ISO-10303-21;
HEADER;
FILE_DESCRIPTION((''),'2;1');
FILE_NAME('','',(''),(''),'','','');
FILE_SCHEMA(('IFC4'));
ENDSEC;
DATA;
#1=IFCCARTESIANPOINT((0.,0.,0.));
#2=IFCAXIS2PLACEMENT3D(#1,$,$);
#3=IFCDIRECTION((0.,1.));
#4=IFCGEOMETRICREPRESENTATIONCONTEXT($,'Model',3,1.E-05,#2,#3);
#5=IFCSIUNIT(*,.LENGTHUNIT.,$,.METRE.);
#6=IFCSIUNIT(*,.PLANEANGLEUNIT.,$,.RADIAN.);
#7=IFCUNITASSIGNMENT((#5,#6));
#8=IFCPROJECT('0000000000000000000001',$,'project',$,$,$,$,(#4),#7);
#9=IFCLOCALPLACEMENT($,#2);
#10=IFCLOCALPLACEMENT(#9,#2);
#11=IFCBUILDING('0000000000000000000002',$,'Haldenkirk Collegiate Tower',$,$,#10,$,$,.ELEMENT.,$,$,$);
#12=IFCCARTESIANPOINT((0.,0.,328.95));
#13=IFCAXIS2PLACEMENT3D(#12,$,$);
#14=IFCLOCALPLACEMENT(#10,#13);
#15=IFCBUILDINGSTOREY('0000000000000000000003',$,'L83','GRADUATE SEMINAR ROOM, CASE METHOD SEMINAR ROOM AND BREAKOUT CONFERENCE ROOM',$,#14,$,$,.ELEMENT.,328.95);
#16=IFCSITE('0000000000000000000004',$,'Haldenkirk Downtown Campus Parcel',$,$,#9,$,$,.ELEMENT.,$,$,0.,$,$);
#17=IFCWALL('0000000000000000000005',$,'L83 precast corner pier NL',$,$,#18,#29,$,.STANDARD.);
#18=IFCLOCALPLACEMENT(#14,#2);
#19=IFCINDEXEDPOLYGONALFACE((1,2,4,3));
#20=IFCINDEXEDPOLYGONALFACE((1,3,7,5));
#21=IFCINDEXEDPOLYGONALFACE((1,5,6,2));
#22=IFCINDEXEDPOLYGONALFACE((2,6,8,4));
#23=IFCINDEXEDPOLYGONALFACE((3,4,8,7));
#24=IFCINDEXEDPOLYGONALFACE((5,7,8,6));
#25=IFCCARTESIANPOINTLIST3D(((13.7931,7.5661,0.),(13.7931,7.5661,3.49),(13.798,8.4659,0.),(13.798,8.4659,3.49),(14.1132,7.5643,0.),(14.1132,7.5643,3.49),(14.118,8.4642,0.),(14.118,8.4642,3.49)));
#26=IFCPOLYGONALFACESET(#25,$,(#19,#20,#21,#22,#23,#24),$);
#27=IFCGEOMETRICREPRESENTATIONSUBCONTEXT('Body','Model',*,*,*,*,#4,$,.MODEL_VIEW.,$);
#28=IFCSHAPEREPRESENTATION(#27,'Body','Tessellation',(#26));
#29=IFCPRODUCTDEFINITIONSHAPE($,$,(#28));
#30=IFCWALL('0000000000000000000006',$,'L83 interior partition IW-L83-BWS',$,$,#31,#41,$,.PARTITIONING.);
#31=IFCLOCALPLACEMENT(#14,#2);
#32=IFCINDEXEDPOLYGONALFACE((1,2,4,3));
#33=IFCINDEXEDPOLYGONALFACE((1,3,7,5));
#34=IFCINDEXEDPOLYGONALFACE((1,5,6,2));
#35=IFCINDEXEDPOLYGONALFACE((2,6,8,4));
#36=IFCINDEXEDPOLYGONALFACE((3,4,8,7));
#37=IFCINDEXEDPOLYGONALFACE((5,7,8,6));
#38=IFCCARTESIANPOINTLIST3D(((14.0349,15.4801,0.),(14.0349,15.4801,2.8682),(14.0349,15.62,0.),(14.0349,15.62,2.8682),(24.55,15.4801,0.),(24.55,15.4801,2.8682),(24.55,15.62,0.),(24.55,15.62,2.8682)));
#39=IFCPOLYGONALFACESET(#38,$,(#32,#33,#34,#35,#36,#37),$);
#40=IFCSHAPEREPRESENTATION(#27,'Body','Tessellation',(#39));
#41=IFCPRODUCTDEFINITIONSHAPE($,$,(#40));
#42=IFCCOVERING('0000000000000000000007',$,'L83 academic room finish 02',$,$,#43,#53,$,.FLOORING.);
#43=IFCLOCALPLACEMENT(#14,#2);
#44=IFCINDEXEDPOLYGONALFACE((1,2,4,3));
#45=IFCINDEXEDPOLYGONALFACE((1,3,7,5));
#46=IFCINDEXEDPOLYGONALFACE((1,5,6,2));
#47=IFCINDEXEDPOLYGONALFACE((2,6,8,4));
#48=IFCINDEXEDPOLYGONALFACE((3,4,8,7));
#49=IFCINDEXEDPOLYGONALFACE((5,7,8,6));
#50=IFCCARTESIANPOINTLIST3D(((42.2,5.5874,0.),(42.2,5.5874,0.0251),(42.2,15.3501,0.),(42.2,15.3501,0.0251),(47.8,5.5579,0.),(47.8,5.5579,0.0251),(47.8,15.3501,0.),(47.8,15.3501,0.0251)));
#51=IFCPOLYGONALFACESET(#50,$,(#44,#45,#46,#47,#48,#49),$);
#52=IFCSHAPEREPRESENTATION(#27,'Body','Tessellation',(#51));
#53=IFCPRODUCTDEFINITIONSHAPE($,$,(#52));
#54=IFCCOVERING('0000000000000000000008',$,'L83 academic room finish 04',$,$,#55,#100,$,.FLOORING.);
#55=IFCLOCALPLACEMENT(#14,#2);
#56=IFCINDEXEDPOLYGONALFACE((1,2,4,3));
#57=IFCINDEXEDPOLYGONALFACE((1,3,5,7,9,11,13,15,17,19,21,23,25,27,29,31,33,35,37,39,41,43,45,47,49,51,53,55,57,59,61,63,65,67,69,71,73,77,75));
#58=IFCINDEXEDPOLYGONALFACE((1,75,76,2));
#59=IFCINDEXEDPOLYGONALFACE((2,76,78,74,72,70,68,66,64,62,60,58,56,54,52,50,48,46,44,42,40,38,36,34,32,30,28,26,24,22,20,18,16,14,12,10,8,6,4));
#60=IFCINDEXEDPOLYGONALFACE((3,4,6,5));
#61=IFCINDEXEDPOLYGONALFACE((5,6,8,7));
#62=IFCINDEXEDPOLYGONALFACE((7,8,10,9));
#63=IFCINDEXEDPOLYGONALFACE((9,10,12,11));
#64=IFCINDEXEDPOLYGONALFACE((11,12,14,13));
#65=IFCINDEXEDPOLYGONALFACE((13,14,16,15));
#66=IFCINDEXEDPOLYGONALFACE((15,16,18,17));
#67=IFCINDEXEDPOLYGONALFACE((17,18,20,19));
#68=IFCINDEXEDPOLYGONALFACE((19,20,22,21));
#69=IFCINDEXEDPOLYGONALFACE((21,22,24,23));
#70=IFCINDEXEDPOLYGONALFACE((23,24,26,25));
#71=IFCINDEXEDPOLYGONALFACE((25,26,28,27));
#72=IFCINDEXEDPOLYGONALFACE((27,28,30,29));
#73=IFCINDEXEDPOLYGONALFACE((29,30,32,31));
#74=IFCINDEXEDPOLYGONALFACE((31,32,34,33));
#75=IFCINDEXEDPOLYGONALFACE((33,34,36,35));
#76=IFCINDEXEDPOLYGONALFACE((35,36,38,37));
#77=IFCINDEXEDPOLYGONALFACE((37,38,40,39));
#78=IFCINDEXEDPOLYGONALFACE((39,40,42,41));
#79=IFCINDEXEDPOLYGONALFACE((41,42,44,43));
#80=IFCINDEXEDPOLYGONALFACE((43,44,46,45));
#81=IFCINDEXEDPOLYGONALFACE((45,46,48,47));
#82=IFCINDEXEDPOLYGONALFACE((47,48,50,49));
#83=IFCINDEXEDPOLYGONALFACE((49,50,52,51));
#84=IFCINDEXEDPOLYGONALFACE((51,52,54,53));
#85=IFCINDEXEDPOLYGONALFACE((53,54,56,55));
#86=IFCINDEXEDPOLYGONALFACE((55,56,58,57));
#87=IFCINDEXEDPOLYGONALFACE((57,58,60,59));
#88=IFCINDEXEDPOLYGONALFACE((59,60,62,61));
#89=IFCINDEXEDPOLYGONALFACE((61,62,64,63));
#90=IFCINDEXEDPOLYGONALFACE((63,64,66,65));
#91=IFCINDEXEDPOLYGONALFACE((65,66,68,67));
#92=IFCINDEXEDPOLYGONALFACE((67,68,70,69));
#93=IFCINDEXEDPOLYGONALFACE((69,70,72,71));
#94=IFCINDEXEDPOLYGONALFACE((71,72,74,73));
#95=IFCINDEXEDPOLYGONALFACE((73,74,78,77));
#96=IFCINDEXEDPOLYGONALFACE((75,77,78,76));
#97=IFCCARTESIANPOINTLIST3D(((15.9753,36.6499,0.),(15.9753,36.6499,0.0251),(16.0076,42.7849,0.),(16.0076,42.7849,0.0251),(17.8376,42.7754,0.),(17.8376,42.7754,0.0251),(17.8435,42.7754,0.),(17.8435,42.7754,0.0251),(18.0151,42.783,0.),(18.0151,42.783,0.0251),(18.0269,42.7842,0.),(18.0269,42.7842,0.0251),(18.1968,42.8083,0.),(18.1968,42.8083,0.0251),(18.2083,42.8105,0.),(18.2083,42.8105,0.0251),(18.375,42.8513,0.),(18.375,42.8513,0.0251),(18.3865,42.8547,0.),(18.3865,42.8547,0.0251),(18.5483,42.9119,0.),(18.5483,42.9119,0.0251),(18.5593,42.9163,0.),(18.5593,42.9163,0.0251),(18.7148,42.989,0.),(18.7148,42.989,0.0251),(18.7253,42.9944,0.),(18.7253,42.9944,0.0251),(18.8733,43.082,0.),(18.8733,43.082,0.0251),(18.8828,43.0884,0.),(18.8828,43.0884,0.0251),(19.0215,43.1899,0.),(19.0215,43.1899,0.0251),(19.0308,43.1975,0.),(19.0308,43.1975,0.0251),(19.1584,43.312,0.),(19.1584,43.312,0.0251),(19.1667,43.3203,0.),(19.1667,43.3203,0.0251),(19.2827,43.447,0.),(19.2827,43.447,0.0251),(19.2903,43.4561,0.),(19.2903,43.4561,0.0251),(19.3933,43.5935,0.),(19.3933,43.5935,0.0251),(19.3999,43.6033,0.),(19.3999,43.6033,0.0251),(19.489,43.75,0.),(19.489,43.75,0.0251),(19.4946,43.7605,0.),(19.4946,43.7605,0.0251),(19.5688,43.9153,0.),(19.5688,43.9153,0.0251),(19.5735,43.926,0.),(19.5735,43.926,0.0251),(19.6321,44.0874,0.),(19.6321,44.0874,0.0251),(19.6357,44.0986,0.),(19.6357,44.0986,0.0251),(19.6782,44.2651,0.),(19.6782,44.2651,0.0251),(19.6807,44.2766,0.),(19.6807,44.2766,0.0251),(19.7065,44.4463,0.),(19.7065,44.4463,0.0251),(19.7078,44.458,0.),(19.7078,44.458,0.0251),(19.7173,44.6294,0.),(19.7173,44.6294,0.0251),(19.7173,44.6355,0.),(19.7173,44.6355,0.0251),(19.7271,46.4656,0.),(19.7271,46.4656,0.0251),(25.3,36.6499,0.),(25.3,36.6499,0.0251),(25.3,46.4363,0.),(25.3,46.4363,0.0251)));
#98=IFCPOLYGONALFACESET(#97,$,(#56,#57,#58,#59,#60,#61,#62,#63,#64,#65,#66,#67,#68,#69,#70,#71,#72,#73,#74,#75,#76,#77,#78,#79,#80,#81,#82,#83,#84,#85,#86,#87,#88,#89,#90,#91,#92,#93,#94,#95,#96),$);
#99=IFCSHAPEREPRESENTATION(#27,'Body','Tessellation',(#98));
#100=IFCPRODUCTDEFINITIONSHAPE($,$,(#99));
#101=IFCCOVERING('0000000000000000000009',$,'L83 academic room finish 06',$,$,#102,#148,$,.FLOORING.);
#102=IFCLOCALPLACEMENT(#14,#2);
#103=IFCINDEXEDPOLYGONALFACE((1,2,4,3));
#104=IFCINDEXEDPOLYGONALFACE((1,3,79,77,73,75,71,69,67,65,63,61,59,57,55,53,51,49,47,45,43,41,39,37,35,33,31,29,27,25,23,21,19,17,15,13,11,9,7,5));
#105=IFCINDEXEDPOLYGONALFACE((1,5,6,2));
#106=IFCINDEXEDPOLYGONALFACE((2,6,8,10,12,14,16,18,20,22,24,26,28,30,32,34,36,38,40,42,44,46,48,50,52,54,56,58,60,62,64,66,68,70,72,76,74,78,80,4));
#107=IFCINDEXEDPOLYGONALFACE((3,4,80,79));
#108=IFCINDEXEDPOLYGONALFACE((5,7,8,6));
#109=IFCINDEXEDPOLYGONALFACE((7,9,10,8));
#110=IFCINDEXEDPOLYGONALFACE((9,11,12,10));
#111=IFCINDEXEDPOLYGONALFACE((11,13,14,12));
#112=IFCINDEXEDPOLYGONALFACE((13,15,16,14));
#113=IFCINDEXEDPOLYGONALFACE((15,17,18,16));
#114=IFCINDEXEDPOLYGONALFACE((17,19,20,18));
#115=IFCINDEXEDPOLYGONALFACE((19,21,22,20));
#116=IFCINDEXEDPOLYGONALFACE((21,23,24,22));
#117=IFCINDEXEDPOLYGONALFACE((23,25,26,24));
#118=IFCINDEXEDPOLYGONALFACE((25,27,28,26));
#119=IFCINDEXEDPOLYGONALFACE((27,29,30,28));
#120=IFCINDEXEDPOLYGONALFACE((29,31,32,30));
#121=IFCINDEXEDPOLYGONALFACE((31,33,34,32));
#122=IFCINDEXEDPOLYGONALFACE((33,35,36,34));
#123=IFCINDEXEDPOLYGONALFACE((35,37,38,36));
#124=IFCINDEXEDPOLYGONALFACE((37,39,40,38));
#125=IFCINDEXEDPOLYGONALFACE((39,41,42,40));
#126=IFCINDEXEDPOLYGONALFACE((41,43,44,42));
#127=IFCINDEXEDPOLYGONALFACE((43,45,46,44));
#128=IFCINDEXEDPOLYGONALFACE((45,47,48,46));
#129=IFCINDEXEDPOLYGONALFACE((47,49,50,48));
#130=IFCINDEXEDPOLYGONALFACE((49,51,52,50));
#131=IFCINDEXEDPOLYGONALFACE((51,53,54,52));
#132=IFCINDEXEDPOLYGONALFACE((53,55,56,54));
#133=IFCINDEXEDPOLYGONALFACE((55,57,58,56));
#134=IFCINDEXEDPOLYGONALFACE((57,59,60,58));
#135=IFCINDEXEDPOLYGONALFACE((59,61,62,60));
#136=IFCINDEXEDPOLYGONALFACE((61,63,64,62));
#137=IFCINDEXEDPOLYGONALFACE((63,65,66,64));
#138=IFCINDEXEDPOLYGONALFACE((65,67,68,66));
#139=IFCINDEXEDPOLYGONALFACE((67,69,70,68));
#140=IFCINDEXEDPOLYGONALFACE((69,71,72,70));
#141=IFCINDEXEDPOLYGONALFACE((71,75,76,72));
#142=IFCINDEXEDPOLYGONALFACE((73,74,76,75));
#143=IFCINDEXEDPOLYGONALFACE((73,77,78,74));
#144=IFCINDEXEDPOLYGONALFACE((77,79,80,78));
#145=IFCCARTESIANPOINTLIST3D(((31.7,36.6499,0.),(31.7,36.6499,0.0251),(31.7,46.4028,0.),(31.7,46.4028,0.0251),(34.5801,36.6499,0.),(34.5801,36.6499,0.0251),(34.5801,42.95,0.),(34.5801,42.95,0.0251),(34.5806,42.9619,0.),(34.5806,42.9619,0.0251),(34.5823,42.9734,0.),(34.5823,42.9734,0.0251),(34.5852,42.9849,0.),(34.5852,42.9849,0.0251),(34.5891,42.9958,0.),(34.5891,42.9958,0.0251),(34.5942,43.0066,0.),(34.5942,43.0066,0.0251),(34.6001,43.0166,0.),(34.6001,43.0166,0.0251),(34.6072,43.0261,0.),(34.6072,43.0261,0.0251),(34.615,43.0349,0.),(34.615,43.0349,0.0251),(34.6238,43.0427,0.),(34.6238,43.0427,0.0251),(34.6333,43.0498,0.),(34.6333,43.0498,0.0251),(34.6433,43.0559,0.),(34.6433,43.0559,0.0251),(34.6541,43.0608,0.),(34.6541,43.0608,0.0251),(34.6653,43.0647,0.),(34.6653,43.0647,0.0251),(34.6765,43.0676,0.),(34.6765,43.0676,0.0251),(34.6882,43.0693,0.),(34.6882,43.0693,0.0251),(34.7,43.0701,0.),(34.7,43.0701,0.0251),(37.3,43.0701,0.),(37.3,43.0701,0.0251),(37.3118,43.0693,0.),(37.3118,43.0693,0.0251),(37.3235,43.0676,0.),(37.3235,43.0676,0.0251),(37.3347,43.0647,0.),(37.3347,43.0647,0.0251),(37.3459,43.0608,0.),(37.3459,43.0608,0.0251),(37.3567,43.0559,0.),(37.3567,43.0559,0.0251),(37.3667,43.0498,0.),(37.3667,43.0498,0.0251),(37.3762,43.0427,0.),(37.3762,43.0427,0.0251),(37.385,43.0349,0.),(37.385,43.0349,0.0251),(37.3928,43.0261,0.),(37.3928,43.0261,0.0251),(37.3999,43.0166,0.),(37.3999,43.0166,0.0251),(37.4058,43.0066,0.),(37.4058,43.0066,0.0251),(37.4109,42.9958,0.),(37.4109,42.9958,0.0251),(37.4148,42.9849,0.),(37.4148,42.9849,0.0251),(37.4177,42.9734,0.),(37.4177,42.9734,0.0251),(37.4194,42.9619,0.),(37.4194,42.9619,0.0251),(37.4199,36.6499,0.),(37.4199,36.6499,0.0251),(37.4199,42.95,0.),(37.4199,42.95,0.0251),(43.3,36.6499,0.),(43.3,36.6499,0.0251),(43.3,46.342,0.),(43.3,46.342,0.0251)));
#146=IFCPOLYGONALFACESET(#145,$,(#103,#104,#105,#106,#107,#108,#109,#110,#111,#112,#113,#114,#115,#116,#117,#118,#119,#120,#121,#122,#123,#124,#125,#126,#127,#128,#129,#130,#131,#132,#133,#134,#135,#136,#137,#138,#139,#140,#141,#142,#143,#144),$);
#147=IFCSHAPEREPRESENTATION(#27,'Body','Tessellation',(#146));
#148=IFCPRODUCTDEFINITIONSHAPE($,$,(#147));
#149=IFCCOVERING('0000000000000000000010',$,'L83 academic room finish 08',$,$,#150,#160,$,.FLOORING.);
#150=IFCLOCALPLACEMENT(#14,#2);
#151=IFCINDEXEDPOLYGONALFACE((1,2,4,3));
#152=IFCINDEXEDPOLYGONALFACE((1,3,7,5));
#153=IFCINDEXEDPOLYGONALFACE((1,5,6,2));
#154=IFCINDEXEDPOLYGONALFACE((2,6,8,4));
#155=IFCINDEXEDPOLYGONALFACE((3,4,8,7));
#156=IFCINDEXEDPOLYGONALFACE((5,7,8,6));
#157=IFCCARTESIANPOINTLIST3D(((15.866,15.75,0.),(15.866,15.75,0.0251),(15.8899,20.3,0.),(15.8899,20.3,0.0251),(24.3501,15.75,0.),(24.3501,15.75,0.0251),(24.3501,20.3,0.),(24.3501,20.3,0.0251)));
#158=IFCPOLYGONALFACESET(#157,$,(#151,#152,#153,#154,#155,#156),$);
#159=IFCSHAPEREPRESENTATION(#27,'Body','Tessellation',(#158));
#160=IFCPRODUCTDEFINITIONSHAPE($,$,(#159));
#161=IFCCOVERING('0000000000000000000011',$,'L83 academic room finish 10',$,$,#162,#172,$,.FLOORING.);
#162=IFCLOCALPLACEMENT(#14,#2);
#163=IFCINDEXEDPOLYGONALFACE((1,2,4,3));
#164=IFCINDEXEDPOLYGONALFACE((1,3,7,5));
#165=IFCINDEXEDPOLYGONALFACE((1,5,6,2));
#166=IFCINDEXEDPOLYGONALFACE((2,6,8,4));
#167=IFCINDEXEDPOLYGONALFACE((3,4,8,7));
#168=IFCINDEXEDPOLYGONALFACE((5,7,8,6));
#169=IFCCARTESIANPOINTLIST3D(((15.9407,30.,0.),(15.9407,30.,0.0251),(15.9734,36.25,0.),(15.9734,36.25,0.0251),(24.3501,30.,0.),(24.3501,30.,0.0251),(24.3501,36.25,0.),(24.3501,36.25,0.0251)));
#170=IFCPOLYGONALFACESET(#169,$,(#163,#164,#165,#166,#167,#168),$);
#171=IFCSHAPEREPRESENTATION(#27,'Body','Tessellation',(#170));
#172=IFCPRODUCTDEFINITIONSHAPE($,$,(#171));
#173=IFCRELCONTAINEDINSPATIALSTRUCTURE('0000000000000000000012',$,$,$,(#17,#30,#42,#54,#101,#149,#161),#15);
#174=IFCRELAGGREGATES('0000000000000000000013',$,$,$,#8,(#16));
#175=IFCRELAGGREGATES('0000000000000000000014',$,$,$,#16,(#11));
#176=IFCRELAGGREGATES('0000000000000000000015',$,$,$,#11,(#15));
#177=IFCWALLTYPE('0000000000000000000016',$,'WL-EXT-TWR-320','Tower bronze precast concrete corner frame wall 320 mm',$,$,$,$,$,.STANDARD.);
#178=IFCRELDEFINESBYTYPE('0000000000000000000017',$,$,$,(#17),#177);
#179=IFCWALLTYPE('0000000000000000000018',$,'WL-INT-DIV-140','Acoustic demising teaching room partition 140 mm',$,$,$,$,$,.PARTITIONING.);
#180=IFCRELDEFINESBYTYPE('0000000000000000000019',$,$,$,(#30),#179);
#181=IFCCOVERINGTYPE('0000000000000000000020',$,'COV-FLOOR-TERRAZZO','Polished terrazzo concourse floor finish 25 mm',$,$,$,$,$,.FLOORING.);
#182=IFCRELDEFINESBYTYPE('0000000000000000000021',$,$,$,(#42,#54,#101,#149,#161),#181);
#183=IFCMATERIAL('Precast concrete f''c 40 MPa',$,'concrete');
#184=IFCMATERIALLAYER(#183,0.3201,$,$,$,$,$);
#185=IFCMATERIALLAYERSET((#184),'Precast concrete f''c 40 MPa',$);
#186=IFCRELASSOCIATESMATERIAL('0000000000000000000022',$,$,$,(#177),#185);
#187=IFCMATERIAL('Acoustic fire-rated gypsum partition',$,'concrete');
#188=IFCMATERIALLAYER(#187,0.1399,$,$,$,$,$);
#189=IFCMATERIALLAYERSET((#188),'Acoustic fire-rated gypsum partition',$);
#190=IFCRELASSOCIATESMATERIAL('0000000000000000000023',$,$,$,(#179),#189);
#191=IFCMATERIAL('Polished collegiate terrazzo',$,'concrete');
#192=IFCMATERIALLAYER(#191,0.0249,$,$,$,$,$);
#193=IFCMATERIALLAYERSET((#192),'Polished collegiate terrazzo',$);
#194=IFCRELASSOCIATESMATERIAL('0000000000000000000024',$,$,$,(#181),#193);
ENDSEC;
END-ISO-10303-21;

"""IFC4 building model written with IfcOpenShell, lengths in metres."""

from ifc_helpers import new_model, si_unit, direction, frame, frame_2d, origin, place, context, subcontext, project, spatial, polyline, rectangle, outline, extrude, material, layer, layer_set, type_object, element, save


model = new_model("IFC4")

# Units and contexts
model_context = context("Model", 3, precision=1e-05, world=origin(), true_north=direction((0.0, 1.0)))
body_context = subcontext(model_context, "Body", "Model", "MODEL_VIEW")
ifc_project = project(units=[si_unit("LENGTHUNIT", "METRE"), si_unit("PLANEANGLEUNIT", "RADIAN")], contexts=[model_context])

# Site, building, storey
site_placement = place(None, origin())
site = spatial("IfcSite", under=ifc_project, at=site_placement, Name="Haldenkirk Downtown Campus Parcel", CompositionType="ELEMENT", RefElevation=0.0)
building_placement = place(site_placement, origin())
building = spatial("IfcBuilding", under=site, at=building_placement, Name="Haldenkirk Collegiate Tower", CompositionType="ELEMENT")
storey_placement = place(building_placement, frame((0.0, 0.0, 328.95)))
storey = spatial("IfcBuildingStorey", under=building, at=storey_placement, Name="L83", Description="GRADUATE SEMINAR ROOM, CASE METHOD SEMINAR ROOM AND BREAKOUT CONFERENCE ROOM", CompositionType="ELEMENT", Elevation=328.95)

# Walls
ifc_material_1 = material(Name="Precast concrete f'c 40 MPa", Category="concrete")
ifc_layer_1 = layer(ifc_material_1, 0.3201)
ifc_layer_set_1 = layer_set([ifc_layer_1], Name="Precast concrete f'c 40 MPa")
wall_type_1 = type_object("IfcWallType", Name="WL-EXT-TWR-320", Description="Tower bronze precast concrete corner frame wall 320 mm", PredefinedType="STANDARD", material=ifc_layer_set_1)
wall_1_placement = place(storey_placement, frame((13.9531, 7.5652, 0.0), z_axis=(0.0, 0.0, 1.0), x_axis=(0.005426, 0.999985, 0.0)))
element("IfcWall", 1, at=wall_1_placement, inside=storey, type_object=wall_type_1, Name="L83 precast corner pier NL", PredefinedType="STANDARD", context=body_context, shape_type="SweptSolid", body=[
    extrude(rectangle(XDim=0.8999, YDim=0.3201, at=frame_2d((0.45, 0.0))), origin(), (0.0, 0.0, 1.0), 3.49),
])
ifc_material_2 = material(Name="Acoustic fire-rated gypsum partition", Category="concrete")
ifc_layer_2 = layer(ifc_material_2, 0.1399)
ifc_layer_set_2 = layer_set([ifc_layer_2], Name="Acoustic fire-rated gypsum partition")
wall_type_2 = type_object("IfcWallType", Name="WL-INT-DIV-140", Description="Acoustic demising teaching room partition 140 mm", PredefinedType="PARTITIONING", material=ifc_layer_set_2)
wall_2_placement = place(storey_placement, frame((14.0349, 15.55, 0.0), z_axis=(0.0, 0.0, 1.0), x_axis=(1.0, 0.0, 0.0)))
element("IfcWall", 2, at=wall_2_placement, inside=storey, type_object=wall_type_2, Name="L83 interior partition IW-L83-BWS", PredefinedType="PARTITIONING", context=body_context, shape_type="SweptSolid", body=[
    extrude(rectangle(XDim=10.5151, YDim=0.1399, at=frame_2d((5.2576, 0.0))), origin(), (0.0, 0.0, 1.0), 2.8682),
])

# Coverings
ifc_material_3 = material(Name="Polished collegiate terrazzo", Category="concrete")
ifc_layer_3 = layer(ifc_material_3, 0.0249)
ifc_layer_set_3 = layer_set([ifc_layer_3], Name="Polished collegiate terrazzo")
covering_type_1 = type_object("IfcCoveringType", Name="COV-FLOOR-TERRAZZO", Description="Polished terrazzo concourse floor finish 25 mm", PredefinedType="FLOORING", material=ifc_layer_set_3)
covering_1_placement = place(storey_placement, origin())
element("IfcCovering", 3, at=covering_1_placement, inside=storey, type_object=covering_type_1, Name="L83 academic room finish 02", PredefinedType="FLOORING", context=body_context, shape_type="SweptSolid", body=[
    extrude(outline(polyline([(42.2, 5.5874), (42.2, 15.3501), (47.8, 15.3501), (47.8, 5.5579), (42.2, 5.5874)])), origin(), (0.0, 0.0, 1.0), 0.0251),
])
covering_2_placement = place(storey_placement, origin())
element("IfcCovering", 4, at=covering_2_placement, inside=storey, type_object=covering_type_1, Name="L83 academic room finish 04", PredefinedType="FLOORING", context=body_context, shape_type="SweptSolid", body=[
    extrude(outline(polyline([(17.8376, 42.7754), (17.8435, 42.7754), (18.0151, 42.783), (18.0269, 42.7842), (18.1968, 42.8083), (18.2083, 42.8105), (18.375, 42.8513), (18.3865, 42.8547), (18.5483, 42.9119), (18.5593, 42.9163), (18.7148, 42.989), (18.7253, 42.9944), (18.8733, 43.082), (18.8828, 43.0884), (19.0215, 43.1899), (19.0308, 43.1975), (19.1584, 43.312), (19.1667, 43.3203), (19.2827, 43.447), (19.2903, 43.4561), (19.3933, 43.5935), (19.3999, 43.6033), (19.489, 43.75), (19.4946, 43.7605), (19.5688, 43.9153), (19.5735, 43.926), (19.6321, 44.0874), (19.6357, 44.0986), (19.6782, 44.2651), (19.6807, 44.2766), (19.7065, 44.4463), (19.7078, 44.458), (19.7173, 44.6294), (19.7173, 44.6355), (19.7271, 46.4656), (25.3, 46.4363), (25.3, 36.6499), (15.9753, 36.6499), (16.0076, 42.7849), (17.8376, 42.7754)])), origin(), (0.0, 0.0, 1.0), 0.0251),
])
covering_3_placement = place(storey_placement, origin())
element("IfcCovering", 5, at=covering_3_placement, inside=storey, type_object=covering_type_1, Name="L83 academic room finish 06", PredefinedType="FLOORING", context=body_context, shape_type="SweptSolid", body=[
    extrude(outline(polyline([(43.3, 46.342), (43.3, 36.6499), (37.4199, 36.6499), (37.4199, 42.95), (37.4194, 42.9619), (37.4177, 42.9734), (37.4148, 42.9849), (37.4109, 42.9958), (37.4058, 43.0066), (37.3999, 43.0166), (37.3928, 43.0261), (37.385, 43.0349), (37.3762, 43.0427), (37.3667, 43.0498), (37.3567, 43.0559), (37.3459, 43.0608), (37.3347, 43.0647), (37.3235, 43.0676), (37.3118, 43.0693), (37.3, 43.0701), (34.7, 43.0701), (34.6882, 43.0693), (34.6765, 43.0676), (34.6653, 43.0647), (34.6541, 43.0608), (34.6433, 43.0559), (34.6333, 43.0498), (34.6238, 43.0427), (34.615, 43.0349), (34.6072, 43.0261), (34.6001, 43.0166), (34.5942, 43.0066), (34.5891, 42.9958), (34.5852, 42.9849), (34.5823, 42.9734), (34.5806, 42.9619), (34.5801, 42.95), (34.5801, 36.6499), (31.7, 36.6499), (31.7, 46.4028), (43.3, 46.342)])), origin(), (0.0, 0.0, 1.0), 0.0251),
])
covering_4_placement = place(storey_placement, origin())
element("IfcCovering", 6, at=covering_4_placement, inside=storey, type_object=covering_type_1, Name="L83 academic room finish 08", PredefinedType="FLOORING", context=body_context, shape_type="SweptSolid", body=[
    extrude(outline(polyline([(15.8899, 20.3), (24.3501, 20.3), (24.3501, 15.75), (15.866, 15.75), (15.8899, 20.3)])), origin(), (0.0, 0.0, 1.0), 0.0251),
])
covering_5_placement = place(storey_placement, origin())
element("IfcCovering", 7, at=covering_5_placement, inside=storey, type_object=covering_type_1, Name="L83 academic room finish 10", PredefinedType="FLOORING", context=body_context, shape_type="SweptSolid", body=[
    extrude(outline(polyline([(15.9734, 36.25), (24.3501, 36.25), (24.3501, 30.0), (15.9407, 30.0), (15.9734, 36.25)])), origin(), (0.0, 0.0, 1.0), 0.0251),
])

save(model, "model.ifc")
